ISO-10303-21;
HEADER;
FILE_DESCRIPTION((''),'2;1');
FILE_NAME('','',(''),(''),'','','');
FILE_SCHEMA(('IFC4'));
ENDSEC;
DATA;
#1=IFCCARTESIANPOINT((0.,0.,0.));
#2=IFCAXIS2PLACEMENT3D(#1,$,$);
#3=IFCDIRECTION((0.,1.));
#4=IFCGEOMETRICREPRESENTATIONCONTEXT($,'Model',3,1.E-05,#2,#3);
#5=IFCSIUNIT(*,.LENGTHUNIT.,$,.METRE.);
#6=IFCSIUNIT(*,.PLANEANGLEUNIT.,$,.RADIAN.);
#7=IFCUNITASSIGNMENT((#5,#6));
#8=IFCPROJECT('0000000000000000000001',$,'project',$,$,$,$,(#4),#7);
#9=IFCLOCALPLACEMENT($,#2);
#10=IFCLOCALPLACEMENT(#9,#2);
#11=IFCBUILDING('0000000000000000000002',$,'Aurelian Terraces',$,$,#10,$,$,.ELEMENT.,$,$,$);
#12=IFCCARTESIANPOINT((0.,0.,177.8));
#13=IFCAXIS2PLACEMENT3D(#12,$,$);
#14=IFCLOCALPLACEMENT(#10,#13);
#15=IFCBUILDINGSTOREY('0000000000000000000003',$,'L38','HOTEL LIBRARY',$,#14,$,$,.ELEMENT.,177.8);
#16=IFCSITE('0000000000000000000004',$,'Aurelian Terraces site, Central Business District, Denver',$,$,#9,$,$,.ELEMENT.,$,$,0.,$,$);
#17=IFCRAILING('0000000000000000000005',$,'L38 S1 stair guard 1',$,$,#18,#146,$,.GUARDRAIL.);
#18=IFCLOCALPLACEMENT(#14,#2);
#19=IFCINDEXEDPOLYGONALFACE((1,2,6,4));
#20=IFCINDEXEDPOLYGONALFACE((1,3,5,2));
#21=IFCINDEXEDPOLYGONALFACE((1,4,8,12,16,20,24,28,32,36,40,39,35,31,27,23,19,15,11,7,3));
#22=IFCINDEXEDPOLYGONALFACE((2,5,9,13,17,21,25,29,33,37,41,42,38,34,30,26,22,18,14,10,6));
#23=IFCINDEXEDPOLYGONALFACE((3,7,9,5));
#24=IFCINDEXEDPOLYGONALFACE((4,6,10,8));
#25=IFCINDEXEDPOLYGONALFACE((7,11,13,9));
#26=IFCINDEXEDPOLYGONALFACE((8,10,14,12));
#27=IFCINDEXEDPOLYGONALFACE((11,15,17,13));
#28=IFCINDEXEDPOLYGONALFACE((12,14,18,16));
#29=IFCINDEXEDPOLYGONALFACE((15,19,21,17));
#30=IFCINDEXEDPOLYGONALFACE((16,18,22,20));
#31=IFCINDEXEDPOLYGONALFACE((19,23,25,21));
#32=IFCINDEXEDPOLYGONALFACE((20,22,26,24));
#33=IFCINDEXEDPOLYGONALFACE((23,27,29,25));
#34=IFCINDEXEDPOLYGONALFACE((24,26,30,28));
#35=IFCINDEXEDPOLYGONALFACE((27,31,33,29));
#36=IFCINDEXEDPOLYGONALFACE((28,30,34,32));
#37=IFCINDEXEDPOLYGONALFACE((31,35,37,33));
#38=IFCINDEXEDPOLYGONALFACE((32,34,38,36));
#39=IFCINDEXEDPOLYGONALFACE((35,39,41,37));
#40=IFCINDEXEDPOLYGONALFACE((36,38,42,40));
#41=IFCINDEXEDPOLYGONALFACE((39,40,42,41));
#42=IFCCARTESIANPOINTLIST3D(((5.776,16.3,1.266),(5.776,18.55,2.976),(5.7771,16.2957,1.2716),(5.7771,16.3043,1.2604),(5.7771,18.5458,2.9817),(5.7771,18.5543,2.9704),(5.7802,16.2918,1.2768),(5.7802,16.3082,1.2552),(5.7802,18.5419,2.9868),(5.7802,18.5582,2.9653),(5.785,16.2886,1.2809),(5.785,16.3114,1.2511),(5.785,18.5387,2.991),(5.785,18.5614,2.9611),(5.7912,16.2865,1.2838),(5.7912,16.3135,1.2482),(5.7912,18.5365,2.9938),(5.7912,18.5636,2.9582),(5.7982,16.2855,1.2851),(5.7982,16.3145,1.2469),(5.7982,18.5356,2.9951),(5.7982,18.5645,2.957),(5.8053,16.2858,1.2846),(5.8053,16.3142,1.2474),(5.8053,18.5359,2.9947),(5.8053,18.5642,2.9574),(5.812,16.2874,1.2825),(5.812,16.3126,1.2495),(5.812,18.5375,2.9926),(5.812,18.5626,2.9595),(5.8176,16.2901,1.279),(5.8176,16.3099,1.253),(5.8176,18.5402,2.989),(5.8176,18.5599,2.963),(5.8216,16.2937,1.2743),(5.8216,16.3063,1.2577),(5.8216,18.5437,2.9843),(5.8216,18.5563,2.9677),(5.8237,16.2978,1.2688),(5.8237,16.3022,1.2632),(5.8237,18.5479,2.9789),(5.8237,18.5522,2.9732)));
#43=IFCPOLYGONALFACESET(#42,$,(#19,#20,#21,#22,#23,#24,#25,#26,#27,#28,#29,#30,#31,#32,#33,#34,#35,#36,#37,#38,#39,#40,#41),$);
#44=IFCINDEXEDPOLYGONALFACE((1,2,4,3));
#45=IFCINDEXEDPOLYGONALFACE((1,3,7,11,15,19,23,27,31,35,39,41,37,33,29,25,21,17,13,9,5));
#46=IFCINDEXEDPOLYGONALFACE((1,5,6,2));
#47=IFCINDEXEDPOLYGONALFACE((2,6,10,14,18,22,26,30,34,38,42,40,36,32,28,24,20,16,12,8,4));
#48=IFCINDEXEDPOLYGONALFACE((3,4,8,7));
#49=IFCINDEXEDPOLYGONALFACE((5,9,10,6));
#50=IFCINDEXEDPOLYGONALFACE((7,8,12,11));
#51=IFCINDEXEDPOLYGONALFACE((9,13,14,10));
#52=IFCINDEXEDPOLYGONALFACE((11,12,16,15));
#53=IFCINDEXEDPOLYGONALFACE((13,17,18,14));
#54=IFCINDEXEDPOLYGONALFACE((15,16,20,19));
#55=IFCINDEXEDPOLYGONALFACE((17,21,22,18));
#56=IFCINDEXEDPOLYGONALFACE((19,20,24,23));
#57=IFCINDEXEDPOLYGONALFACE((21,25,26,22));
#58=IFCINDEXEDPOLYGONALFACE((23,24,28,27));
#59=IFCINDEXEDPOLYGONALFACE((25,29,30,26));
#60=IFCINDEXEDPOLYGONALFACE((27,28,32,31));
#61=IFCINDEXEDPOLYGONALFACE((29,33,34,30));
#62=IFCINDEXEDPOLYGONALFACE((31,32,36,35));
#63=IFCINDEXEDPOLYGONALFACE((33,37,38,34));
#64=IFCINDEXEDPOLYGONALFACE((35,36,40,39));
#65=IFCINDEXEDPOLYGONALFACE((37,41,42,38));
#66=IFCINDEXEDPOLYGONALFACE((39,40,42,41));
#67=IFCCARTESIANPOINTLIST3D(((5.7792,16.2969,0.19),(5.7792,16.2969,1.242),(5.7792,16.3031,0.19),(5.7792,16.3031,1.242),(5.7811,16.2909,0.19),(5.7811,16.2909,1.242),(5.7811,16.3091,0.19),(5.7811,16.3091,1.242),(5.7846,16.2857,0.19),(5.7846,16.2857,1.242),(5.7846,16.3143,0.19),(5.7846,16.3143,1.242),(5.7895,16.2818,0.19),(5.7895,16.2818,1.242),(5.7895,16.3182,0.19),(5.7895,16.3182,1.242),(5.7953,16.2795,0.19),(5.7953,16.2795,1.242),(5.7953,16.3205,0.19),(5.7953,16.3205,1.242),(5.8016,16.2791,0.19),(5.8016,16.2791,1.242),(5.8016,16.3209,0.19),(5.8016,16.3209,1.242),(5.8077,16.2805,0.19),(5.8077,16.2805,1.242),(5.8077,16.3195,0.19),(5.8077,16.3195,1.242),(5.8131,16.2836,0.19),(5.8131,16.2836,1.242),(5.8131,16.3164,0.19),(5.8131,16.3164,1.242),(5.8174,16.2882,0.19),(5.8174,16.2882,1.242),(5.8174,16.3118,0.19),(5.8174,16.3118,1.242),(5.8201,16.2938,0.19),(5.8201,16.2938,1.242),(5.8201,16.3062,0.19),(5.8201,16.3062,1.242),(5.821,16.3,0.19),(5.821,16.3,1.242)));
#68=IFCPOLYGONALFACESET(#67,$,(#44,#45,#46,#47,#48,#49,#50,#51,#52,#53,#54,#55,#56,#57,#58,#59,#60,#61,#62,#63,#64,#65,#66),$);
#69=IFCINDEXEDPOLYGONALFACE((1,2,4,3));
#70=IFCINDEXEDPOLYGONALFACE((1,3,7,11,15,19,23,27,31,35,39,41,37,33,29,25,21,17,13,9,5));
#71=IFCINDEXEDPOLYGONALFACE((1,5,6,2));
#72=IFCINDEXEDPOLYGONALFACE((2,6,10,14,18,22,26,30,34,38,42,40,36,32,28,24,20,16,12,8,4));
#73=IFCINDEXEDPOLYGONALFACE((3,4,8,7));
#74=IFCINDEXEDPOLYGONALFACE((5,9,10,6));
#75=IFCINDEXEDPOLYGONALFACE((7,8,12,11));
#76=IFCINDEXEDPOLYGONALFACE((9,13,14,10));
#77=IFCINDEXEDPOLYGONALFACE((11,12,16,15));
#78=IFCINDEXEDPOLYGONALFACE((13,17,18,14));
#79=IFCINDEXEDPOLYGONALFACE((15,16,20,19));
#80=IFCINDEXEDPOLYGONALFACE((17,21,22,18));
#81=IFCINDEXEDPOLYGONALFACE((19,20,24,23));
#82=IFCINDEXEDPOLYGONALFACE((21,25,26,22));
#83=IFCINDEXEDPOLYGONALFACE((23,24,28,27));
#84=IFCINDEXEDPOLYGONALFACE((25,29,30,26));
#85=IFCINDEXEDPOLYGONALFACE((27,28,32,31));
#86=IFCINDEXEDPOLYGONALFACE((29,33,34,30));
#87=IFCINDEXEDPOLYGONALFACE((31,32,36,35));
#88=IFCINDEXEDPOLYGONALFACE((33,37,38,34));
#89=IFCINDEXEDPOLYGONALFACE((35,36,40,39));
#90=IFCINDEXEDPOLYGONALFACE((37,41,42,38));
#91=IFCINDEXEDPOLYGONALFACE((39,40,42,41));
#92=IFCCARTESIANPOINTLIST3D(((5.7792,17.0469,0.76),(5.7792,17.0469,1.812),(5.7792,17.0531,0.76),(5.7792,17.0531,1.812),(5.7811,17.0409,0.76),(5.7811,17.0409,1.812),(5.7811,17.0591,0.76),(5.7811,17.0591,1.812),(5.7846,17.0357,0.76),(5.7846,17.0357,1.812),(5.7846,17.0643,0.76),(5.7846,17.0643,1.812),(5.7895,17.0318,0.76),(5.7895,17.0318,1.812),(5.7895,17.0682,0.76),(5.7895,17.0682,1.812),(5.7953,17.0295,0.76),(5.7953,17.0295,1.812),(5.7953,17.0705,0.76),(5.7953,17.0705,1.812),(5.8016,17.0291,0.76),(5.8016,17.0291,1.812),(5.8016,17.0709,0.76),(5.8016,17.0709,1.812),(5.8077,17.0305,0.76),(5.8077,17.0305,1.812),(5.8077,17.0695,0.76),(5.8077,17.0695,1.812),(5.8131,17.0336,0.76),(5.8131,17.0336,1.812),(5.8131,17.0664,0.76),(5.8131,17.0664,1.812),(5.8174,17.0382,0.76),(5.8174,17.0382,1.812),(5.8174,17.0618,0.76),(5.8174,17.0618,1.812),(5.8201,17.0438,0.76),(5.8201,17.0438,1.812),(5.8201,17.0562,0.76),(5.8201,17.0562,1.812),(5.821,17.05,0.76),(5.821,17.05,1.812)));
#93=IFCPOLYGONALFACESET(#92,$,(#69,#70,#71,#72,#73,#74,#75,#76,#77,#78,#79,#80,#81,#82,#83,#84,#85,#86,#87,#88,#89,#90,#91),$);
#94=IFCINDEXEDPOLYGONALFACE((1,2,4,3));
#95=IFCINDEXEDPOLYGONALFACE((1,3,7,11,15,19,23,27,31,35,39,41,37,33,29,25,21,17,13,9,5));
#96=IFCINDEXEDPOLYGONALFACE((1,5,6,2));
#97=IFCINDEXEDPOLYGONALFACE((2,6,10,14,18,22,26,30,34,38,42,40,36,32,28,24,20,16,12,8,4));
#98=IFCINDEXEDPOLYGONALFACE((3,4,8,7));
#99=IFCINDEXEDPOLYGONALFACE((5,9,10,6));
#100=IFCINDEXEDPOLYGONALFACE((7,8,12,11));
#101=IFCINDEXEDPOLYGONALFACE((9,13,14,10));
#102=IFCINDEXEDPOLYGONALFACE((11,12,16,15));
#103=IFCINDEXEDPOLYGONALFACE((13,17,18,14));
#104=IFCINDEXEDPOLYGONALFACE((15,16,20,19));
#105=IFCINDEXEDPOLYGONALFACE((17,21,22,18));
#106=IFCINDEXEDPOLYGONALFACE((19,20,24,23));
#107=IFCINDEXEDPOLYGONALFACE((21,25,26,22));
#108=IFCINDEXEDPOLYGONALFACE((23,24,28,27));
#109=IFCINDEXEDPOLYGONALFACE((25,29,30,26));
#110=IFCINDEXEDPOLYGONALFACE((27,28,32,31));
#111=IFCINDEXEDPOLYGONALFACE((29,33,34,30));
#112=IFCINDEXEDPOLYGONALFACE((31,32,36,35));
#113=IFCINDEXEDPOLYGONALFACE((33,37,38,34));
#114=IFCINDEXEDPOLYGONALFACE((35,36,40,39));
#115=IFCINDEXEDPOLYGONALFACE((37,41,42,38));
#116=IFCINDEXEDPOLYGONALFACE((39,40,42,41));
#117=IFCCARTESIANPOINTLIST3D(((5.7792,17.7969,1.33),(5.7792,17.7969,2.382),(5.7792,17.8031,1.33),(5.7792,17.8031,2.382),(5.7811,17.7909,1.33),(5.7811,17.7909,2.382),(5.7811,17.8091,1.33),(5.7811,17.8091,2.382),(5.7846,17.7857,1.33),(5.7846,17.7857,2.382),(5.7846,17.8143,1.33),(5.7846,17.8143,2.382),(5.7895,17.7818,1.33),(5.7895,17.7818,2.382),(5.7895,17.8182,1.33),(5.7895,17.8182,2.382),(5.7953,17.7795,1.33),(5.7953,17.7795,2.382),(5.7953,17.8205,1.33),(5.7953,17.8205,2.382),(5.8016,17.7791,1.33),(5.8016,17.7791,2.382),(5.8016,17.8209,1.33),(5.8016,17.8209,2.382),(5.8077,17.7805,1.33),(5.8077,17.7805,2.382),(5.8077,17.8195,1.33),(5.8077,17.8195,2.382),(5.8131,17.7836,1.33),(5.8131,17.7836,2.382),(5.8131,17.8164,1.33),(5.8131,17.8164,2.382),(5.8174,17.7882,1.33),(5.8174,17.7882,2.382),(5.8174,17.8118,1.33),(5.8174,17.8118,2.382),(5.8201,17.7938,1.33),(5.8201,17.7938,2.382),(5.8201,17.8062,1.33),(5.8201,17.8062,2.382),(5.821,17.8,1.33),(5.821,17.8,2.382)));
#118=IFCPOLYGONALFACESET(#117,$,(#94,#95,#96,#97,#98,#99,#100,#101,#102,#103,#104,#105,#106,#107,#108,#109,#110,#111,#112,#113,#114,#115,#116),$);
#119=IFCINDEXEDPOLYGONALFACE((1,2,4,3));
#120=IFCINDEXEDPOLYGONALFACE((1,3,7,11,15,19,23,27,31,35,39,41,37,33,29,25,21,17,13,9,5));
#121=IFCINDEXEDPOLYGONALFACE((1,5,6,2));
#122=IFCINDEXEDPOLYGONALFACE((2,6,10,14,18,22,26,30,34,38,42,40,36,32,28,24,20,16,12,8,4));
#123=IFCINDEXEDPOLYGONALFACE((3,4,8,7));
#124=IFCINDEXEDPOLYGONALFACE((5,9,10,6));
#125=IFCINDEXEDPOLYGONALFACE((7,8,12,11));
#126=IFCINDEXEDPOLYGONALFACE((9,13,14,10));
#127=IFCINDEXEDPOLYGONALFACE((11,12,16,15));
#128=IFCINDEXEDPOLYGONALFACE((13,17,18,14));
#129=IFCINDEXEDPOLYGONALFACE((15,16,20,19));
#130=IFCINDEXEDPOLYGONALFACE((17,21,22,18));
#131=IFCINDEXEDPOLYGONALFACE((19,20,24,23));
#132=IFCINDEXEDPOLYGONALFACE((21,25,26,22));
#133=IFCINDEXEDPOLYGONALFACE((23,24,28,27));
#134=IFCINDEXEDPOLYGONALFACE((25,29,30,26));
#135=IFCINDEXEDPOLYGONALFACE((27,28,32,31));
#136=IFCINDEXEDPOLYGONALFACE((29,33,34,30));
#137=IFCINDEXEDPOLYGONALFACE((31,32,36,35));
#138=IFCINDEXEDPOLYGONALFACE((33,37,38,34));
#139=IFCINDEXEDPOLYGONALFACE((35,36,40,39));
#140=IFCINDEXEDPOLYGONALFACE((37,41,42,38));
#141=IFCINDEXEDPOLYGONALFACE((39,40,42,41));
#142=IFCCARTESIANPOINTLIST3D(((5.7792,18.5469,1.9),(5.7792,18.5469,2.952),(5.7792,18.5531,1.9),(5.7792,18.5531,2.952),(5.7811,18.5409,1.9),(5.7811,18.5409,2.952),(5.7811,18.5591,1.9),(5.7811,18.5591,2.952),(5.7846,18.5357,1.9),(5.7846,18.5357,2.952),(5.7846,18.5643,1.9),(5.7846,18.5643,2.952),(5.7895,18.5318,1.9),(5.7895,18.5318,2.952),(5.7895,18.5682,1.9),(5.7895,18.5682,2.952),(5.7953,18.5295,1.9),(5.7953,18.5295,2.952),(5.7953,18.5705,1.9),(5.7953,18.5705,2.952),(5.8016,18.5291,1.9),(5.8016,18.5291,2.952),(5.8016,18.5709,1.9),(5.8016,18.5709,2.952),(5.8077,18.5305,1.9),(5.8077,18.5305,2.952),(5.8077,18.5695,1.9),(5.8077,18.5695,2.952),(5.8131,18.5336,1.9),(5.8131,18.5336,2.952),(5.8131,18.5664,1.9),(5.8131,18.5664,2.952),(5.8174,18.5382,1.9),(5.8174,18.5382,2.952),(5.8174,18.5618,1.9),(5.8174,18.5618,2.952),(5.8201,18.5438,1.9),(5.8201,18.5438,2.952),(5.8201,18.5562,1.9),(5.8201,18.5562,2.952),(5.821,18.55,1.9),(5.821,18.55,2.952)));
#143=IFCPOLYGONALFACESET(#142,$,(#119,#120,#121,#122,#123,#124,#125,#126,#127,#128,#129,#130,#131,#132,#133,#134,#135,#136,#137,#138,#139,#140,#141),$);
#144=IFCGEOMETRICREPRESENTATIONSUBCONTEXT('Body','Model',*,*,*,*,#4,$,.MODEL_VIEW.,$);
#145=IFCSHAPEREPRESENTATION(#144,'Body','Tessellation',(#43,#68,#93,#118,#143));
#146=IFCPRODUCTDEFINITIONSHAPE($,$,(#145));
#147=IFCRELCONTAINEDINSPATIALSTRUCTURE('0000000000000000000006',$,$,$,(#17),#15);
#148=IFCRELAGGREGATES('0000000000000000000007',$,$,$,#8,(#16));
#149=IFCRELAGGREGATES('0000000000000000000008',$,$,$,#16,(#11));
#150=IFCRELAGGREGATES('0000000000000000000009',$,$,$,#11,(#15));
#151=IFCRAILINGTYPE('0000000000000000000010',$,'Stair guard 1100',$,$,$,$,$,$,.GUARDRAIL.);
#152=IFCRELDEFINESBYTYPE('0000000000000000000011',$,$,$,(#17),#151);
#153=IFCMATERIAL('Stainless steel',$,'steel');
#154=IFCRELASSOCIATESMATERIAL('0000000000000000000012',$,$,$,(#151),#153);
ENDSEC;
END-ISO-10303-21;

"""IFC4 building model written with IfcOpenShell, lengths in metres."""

from ifc_helpers import new_model, si_unit, direction, frame, origin, origin_2d, place, context, subcontext, project, spatial, circle, extrude, material, type_object, element, save


model = new_model("IFC4")

# Units and contexts
model_context = context("Model", 3, precision=1e-05, world=origin(), true_north=direction((0.0, 1.0)))
body_context = subcontext(model_context, "Body", "Model", "MODEL_VIEW")
ifc_project = project(units=[si_unit("LENGTHUNIT", "METRE"), si_unit("PLANEANGLEUNIT", "RADIAN")], contexts=[model_context])

# Site, building, storey
site_placement = place(None, origin())
site = spatial("IfcSite", under=ifc_project, at=site_placement, Name="Aurelian Terraces site, Central Business District, Denver", CompositionType="ELEMENT", RefElevation=0.0)
building_placement = place(site_placement, origin())
building = spatial("IfcBuilding", under=site, at=building_placement, Name="Aurelian Terraces", CompositionType="ELEMENT")
storey_placement = place(building_placement, frame((0.0, 0.0, 177.8)))
storey = spatial("IfcBuildingStorey", under=building, at=storey_placement, Name="L38", Description="HOTEL LIBRARY", CompositionType="ELEMENT", Elevation=177.8)

# Shared definitions
ifc_material_1 = material(Name="Stainless steel", Category="steel")

# Railing
railing_type = type_object("IfcRailingType", Name="Stair guard 1100", PredefinedType="GUARDRAIL", material=ifc_material_1)
railing_placement = place(storey_placement, frame((5.8, 16.3, 0.19)))
element("IfcRailing", 1, at=railing_placement, inside=storey, type_object=railing_type, Name="L38 S1 stair guard 1", PredefinedType="GUARDRAIL", context=body_context, shape_type="SweptSolid", body=[
    extrude(circle(Radius=0.024, at=origin_2d()), frame((0.0, 0.0, 1.076), z_axis=(0.0, 0.796162, 0.605083), x_axis=(-1.0, 0.0, 0.0)), (0.0, 0.0, 1.0), 2.8261),
    extrude(circle(Radius=0.021, at=origin_2d()), origin(), (0.0, 0.0, 1.0), 1.052),
    extrude(circle(Radius=0.021, at=origin_2d()), frame((0.0, 0.75, 0.57)), (0.0, 0.0, 1.0), 1.052),
    extrude(circle(Radius=0.021, at=origin_2d()), frame((0.0, 1.5, 1.14)), (0.0, 0.0, 1.0), 1.052),
    extrude(circle(Radius=0.021, at=origin_2d()), frame((0.0, 2.25, 1.71)), (0.0, 0.0, 1.0), 1.052),
])

save(model, "model.ifc")
